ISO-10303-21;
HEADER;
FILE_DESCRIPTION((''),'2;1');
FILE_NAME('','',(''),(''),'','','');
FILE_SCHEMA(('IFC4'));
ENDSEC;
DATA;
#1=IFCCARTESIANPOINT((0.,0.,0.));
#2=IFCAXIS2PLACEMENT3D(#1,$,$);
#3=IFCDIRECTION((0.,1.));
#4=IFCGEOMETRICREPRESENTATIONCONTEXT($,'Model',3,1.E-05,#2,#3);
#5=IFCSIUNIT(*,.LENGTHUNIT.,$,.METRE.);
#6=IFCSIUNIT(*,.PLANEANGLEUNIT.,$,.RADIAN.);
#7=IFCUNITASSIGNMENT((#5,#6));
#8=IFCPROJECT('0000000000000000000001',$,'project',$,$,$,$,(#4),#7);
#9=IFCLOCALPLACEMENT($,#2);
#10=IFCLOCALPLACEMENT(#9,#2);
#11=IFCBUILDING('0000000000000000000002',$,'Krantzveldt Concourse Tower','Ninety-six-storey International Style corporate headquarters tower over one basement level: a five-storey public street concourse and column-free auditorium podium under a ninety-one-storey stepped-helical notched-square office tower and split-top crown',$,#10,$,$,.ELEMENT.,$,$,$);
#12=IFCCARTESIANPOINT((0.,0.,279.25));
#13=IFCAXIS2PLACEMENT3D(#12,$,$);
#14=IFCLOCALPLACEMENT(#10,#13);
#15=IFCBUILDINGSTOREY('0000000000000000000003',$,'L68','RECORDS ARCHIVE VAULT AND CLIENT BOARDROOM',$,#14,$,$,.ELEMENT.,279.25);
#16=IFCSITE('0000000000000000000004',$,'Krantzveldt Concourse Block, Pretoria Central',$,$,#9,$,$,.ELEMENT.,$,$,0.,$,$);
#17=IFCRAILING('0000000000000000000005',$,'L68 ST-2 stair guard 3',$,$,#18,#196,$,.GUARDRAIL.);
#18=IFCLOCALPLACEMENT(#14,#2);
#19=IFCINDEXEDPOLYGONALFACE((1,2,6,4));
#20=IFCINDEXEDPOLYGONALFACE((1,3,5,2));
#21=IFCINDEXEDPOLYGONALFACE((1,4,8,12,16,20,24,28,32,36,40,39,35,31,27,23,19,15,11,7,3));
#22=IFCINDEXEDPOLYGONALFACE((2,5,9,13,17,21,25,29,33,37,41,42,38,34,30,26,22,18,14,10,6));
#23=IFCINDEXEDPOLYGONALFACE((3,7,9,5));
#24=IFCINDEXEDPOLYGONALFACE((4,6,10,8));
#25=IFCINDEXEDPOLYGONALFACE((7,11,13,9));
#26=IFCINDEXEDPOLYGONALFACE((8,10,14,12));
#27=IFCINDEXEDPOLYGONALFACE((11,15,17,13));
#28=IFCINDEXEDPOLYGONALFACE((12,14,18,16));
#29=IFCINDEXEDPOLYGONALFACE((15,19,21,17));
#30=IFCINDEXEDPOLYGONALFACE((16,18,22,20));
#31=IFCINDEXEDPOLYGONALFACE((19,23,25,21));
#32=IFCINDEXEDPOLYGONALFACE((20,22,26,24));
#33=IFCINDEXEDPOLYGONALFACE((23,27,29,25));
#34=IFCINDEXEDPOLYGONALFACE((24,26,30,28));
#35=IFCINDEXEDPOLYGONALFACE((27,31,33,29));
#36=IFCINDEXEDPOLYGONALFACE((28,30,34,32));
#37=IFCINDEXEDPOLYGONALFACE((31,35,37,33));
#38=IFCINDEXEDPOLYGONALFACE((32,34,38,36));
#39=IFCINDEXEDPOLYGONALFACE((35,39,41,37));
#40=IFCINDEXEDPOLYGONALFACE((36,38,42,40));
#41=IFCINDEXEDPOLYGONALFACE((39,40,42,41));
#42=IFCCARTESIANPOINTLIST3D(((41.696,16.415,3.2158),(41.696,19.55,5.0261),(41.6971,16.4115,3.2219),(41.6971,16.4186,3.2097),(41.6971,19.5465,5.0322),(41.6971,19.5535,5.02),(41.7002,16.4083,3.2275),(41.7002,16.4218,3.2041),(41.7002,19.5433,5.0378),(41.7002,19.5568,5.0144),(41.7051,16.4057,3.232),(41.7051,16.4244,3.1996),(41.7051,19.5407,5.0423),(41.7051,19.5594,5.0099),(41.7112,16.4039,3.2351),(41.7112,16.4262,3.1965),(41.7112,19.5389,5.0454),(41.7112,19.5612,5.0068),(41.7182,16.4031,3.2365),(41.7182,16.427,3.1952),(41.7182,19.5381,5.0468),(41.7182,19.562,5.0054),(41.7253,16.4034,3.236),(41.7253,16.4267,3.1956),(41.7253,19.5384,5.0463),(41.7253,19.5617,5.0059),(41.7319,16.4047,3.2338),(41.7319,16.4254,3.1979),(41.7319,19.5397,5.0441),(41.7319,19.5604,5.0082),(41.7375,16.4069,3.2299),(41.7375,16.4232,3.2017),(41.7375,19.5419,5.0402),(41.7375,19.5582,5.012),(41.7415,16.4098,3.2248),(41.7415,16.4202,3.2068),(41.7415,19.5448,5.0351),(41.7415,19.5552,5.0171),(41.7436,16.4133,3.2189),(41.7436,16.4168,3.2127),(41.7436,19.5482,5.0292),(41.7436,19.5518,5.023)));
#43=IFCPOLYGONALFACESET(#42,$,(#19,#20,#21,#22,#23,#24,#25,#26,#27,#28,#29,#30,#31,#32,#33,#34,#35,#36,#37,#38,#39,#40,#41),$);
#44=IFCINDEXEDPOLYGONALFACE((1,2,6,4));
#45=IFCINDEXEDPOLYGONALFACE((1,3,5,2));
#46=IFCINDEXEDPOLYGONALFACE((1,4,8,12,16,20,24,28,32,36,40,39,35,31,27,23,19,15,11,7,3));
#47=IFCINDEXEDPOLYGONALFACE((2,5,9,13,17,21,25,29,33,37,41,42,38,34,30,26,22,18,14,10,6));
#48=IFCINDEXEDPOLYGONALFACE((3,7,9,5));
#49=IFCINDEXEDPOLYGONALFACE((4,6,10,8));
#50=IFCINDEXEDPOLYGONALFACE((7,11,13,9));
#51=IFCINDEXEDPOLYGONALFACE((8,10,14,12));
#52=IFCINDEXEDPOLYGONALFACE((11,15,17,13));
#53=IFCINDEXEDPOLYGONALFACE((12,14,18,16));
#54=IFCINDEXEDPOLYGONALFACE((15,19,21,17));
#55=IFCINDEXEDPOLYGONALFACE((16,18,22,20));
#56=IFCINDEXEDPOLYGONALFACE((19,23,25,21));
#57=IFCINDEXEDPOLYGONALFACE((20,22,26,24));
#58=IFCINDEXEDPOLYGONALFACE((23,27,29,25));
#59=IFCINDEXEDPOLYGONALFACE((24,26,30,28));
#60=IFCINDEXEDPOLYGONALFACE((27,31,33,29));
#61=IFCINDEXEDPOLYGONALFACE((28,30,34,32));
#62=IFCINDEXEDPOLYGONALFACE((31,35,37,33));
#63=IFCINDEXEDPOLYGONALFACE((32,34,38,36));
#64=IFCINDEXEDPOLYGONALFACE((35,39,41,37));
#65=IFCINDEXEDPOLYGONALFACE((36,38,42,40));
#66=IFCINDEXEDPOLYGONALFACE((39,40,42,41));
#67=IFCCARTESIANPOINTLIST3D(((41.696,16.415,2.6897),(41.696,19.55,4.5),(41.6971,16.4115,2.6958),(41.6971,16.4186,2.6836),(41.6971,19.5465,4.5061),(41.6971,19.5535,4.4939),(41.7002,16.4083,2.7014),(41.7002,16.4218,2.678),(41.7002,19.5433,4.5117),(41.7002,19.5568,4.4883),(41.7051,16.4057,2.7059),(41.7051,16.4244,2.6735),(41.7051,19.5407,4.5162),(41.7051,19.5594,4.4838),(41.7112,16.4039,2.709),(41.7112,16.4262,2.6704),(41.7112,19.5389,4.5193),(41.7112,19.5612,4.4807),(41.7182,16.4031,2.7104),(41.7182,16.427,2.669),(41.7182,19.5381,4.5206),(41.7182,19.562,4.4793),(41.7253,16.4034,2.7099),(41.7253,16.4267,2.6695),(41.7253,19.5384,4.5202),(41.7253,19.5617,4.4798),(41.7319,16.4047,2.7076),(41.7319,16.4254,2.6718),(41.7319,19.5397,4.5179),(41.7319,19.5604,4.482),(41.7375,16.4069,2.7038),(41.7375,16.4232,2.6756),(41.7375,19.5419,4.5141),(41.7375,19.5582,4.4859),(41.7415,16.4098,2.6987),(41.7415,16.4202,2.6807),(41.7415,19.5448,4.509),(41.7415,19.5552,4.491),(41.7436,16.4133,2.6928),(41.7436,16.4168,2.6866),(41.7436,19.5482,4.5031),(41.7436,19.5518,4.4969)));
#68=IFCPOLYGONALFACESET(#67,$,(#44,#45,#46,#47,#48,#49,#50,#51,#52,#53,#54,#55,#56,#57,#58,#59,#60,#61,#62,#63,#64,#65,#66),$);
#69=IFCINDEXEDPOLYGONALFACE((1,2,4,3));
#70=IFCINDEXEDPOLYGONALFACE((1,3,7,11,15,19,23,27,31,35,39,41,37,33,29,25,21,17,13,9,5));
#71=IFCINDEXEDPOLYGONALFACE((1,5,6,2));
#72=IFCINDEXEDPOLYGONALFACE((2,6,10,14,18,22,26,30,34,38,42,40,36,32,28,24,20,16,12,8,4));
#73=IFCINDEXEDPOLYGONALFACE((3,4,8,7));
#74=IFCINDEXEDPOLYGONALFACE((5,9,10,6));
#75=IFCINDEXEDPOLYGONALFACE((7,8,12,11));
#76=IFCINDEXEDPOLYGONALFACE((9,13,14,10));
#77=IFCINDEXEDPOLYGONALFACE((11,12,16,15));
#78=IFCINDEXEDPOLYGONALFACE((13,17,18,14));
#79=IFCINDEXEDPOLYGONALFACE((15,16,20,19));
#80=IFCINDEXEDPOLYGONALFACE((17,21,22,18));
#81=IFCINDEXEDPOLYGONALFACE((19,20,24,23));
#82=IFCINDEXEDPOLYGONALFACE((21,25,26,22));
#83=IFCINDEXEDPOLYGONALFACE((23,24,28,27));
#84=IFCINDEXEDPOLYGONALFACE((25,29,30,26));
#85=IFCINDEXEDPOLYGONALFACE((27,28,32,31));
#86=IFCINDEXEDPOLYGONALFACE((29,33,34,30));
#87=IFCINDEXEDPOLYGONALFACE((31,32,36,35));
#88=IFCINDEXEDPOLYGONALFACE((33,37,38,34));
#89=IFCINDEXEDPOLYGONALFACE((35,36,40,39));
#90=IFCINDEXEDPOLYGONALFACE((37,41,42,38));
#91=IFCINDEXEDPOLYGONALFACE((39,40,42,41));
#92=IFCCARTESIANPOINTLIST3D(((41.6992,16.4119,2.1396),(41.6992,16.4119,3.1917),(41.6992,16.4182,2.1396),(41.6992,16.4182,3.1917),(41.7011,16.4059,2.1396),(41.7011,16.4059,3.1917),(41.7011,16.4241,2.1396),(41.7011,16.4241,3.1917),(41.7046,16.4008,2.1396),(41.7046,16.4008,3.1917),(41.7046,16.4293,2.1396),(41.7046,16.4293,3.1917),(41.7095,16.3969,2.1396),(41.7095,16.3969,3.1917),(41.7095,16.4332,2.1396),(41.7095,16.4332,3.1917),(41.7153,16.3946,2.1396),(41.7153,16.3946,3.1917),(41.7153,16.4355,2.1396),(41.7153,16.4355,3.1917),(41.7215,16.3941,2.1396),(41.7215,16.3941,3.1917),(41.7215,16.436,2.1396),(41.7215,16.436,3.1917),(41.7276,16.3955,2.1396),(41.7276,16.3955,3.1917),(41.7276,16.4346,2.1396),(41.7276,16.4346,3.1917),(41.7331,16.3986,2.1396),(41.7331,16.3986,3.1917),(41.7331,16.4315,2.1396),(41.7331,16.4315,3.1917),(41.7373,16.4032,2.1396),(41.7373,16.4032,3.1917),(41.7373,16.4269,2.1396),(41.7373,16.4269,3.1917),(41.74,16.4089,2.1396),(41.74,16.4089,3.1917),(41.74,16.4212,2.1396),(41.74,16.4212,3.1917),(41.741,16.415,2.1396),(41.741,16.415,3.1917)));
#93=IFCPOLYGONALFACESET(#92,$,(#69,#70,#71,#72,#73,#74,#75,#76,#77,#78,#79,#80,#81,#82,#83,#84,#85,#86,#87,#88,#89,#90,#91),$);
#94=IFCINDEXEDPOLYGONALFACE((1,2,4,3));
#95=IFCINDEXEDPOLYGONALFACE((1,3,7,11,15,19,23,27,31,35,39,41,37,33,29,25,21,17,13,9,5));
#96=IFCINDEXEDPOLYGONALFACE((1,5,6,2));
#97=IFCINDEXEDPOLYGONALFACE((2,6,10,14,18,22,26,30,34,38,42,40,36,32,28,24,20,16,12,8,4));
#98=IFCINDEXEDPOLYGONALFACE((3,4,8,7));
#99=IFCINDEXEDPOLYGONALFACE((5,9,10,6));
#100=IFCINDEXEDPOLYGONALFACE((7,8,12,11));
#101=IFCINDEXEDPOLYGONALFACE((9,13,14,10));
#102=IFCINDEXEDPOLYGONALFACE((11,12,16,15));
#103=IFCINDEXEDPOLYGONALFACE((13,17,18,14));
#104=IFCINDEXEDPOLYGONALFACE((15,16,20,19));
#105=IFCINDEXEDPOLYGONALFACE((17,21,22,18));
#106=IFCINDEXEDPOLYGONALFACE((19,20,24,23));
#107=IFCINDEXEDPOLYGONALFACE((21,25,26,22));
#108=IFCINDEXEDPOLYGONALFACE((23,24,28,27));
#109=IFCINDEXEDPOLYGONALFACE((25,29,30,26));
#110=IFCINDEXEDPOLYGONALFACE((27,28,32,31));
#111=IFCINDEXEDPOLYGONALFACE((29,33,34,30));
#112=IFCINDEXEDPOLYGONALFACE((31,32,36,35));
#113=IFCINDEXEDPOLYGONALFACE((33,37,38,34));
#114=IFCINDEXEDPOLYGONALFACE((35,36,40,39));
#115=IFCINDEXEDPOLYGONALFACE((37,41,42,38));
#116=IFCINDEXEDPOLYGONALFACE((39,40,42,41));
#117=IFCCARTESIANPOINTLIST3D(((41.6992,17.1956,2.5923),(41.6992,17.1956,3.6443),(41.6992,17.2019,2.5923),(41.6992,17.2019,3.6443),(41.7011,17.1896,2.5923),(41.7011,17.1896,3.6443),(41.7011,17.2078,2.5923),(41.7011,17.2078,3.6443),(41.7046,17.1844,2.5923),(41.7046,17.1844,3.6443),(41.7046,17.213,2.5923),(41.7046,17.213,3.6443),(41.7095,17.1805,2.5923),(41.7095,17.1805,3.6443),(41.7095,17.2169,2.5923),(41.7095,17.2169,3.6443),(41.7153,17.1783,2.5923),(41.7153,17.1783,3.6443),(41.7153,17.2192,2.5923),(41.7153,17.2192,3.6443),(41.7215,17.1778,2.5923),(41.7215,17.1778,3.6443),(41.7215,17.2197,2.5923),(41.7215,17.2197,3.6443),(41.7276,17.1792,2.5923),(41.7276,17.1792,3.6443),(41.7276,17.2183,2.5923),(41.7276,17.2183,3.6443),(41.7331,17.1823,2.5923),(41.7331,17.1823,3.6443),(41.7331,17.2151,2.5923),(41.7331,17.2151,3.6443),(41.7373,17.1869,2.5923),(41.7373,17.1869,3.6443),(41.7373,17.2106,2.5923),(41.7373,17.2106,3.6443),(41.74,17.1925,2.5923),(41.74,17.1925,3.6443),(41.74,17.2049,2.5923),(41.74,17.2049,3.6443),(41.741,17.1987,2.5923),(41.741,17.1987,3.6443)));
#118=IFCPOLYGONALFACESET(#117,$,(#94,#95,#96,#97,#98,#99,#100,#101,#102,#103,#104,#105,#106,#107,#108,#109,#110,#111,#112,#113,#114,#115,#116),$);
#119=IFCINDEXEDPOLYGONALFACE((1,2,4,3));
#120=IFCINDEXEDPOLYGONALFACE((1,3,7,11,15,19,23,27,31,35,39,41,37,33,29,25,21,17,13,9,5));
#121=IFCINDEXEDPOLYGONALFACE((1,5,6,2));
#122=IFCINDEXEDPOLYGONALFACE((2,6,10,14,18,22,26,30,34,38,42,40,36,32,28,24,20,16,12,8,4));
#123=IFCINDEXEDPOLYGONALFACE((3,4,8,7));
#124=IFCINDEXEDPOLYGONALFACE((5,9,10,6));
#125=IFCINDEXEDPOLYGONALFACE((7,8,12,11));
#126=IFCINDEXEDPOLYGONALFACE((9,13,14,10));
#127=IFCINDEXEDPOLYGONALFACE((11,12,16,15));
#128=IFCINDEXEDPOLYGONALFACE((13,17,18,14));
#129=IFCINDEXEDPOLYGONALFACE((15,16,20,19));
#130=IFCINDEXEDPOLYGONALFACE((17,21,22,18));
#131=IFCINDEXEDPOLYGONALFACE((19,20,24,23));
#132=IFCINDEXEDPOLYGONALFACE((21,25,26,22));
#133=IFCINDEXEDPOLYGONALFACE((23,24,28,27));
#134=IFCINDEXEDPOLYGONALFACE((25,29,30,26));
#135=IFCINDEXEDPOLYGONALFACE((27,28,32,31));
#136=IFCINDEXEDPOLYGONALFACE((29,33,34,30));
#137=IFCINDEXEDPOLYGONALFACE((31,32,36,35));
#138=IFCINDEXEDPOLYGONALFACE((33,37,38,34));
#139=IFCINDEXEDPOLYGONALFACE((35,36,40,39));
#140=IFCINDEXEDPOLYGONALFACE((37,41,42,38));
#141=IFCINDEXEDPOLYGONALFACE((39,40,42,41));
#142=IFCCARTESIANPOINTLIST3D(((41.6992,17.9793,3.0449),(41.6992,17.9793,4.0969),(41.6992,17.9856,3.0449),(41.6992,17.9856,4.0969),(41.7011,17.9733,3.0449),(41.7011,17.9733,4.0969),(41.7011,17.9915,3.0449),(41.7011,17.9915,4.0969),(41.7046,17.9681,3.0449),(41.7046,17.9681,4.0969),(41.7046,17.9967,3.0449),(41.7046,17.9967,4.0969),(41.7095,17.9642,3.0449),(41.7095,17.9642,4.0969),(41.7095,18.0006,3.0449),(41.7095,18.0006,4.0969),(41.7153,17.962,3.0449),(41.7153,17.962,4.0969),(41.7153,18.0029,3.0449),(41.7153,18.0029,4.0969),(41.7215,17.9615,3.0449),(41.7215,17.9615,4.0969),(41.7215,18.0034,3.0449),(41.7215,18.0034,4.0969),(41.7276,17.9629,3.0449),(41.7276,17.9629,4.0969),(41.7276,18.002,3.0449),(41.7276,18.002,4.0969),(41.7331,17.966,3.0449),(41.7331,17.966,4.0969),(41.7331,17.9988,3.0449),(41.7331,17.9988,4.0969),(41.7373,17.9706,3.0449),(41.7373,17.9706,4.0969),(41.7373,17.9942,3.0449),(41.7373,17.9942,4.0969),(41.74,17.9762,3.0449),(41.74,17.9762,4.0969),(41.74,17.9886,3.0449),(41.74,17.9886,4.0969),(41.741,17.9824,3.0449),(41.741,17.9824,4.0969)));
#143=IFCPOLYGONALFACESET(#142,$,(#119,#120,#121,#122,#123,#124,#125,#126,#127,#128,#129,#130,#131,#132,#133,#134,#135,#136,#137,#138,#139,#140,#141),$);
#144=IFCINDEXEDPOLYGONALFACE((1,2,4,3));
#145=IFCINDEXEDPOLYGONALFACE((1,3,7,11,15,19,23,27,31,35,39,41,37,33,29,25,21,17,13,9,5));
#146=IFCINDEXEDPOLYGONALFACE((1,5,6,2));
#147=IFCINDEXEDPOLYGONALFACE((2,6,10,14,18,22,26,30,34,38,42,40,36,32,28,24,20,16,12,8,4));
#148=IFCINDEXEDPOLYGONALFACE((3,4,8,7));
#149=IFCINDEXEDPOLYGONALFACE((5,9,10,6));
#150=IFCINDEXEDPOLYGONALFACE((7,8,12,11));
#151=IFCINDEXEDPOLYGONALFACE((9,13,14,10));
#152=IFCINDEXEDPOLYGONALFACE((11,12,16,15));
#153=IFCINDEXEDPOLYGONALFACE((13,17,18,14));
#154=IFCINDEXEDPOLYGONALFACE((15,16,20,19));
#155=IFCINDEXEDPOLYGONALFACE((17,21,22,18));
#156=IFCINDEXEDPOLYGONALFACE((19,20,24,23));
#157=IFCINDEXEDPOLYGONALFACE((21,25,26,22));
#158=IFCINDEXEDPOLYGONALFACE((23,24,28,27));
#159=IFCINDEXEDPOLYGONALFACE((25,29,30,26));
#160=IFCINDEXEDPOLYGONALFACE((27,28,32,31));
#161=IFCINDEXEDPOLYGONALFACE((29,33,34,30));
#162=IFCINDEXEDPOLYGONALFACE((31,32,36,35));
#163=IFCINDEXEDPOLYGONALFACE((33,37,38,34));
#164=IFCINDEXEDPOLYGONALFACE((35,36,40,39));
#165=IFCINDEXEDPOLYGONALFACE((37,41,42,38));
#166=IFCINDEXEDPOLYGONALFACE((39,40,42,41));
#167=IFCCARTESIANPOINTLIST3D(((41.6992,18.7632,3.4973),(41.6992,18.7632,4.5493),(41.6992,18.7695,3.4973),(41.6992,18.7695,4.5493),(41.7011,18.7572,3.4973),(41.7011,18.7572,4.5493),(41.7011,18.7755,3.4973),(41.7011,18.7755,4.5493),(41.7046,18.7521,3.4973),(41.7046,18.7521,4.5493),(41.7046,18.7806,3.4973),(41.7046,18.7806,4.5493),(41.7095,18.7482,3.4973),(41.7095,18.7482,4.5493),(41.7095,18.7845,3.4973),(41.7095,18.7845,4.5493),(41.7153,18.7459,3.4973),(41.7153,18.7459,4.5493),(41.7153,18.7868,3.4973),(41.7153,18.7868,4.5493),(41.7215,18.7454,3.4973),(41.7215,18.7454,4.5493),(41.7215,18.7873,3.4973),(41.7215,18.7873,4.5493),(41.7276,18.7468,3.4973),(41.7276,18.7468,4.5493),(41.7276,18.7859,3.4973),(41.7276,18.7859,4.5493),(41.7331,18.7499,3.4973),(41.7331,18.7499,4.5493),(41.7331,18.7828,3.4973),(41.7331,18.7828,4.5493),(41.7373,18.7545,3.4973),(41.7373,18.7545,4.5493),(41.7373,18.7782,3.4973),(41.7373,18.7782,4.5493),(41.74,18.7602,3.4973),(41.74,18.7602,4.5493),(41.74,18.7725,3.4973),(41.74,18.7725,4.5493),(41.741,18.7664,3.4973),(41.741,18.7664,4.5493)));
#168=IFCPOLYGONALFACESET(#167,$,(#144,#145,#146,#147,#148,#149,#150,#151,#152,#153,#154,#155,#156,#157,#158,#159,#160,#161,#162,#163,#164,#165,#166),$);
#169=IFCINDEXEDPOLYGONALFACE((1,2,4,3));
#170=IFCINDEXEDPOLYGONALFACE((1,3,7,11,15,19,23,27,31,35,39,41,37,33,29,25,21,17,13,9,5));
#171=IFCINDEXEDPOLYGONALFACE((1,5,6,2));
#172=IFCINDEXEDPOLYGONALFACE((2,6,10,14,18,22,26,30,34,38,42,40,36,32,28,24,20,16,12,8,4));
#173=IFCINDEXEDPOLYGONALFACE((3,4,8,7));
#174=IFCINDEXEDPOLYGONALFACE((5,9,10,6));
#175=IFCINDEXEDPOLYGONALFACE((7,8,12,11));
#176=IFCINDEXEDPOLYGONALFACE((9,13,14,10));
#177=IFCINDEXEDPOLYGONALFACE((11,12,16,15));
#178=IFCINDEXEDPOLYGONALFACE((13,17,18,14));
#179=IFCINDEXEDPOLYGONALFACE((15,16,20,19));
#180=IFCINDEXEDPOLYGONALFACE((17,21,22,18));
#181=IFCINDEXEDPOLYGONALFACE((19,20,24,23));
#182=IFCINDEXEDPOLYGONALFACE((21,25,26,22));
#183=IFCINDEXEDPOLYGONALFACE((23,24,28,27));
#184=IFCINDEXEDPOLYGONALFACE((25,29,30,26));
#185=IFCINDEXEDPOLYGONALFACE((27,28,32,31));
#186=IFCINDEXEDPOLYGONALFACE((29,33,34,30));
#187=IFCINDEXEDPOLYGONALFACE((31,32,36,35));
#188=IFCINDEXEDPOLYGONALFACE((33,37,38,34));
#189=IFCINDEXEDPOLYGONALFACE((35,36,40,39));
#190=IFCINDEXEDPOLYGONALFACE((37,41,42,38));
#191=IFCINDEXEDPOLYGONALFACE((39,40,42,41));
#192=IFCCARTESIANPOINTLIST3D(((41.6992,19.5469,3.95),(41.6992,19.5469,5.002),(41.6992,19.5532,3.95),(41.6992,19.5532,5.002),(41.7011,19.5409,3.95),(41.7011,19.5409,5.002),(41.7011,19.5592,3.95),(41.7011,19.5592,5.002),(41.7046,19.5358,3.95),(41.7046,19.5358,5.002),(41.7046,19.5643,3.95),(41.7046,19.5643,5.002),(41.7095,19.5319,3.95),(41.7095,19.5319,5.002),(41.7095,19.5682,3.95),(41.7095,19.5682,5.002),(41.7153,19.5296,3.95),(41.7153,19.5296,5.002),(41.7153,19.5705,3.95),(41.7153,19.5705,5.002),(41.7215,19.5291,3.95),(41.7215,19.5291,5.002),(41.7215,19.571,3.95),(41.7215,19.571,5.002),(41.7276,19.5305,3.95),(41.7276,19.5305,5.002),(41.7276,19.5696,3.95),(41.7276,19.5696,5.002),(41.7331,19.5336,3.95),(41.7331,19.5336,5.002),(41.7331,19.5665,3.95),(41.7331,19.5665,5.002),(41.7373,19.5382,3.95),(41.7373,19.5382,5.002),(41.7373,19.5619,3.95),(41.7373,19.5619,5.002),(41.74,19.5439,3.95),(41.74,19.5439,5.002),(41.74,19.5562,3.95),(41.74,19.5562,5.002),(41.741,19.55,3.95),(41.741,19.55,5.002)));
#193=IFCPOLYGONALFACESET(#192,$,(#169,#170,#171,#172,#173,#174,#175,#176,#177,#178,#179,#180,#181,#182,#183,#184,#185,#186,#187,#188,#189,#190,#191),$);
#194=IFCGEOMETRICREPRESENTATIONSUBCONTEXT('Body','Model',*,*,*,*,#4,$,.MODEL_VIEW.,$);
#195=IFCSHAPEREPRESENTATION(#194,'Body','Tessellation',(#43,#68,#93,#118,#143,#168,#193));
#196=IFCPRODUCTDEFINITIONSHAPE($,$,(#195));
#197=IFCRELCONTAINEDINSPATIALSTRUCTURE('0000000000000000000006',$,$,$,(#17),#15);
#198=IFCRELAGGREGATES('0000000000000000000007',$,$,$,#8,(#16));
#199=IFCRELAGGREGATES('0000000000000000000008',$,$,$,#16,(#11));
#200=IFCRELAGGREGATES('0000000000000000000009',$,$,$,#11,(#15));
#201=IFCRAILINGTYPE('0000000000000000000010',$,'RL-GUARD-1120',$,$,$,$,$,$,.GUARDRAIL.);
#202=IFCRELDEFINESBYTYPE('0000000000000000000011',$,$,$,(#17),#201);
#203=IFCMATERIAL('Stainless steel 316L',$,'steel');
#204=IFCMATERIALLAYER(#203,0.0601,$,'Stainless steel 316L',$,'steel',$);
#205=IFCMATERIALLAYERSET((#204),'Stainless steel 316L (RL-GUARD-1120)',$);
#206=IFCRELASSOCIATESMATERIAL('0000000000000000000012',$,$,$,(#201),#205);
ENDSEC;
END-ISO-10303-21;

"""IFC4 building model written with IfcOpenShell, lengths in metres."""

from ifc_helpers import new_model, si_unit, direction, frame, origin, origin_2d, place, context, subcontext, project, spatial, circle, extrude, material, layer, layer_set, type_object, element, save


model = new_model("IFC4")

# Units and contexts
model_context = context("Model", 3, precision=1e-05, world=origin(), true_north=direction((0.0, 1.0)))
body_context = subcontext(model_context, "Body", "Model", "MODEL_VIEW")
ifc_project = project(units=[si_unit("LENGTHUNIT", "METRE"), si_unit("PLANEANGLEUNIT", "RADIAN")], contexts=[model_context])

# Site, building, storey
site_placement = place(None, origin())
site = spatial("IfcSite", under=ifc_project, at=site_placement, Name="Krantzveldt Concourse Block, Pretoria Central", CompositionType="ELEMENT", RefElevation=0.0)
building_placement = place(site_placement, origin())
building = spatial("IfcBuilding", under=site, at=building_placement, Name="Krantzveldt Concourse Tower", Description="Ninety-six-storey International Style corporate headquarters tower over one basement level: a five-storey public street concourse and column-free auditorium podium under a ninety-one-storey stepped-helical notched-square office tower and split-top crown", CompositionType="ELEMENT")
storey_placement = place(building_placement, frame((0.0, 0.0, 279.25)))
storey = spatial("IfcBuildingStorey", under=building, at=storey_placement, Name="L68", Description="RECORDS ARCHIVE VAULT AND CLIENT BOARDROOM", CompositionType="ELEMENT", Elevation=279.25)

# Railing
ifc_material_1 = material(Name="Stainless steel 316L", Category="steel")
ifc_layer_1 = layer(ifc_material_1, 0.0601, Name="Stainless steel 316L", Category="steel")
ifc_layer_set_1 = layer_set([ifc_layer_1], Name="Stainless steel 316L (RL-GUARD-1120)")
railing_type_1 = type_object("IfcRailingType", Name="RL-GUARD-1120", PredefinedType="GUARDRAIL", material=ifc_layer_set_1)
railing_1_placement = place(storey_placement, frame((41.72, 16.415, 2.1396)))
element("IfcRailing", 1, at=railing_1_placement, inside=storey, type_object=railing_type_1, Name="L68 ST-2 stair guard 3", PredefinedType="GUARDRAIL", context=body_context, shape_type="SweptSolid", body=[
    extrude(circle(Radius=0.0239, at=origin_2d()), frame((0.0, 0.0, 1.0762), z_axis=(0.0, 0.865989, 0.500063), x_axis=(-1.0, 0.0, 0.0)), (0.0, 0.0, 1.0), 3.6201),
    extrude(circle(Radius=0.0239, at=origin_2d()), frame((0.0, 0.0, 0.55), z_axis=(0.0, 0.865989, 0.500063), x_axis=(-1.0, 0.0, 0.0)), (0.0, 0.0, 1.0), 3.6201),
    extrude(circle(Radius=0.021, at=origin_2d()), origin(), (0.0, 0.0, 1.0), 1.052),
    extrude(circle(Radius=0.021, at=origin_2d()), frame((0.0, 0.7837, 0.4526)), (0.0, 0.0, 1.0), 1.052),
    extrude(circle(Radius=0.021, at=origin_2d()), frame((0.0, 1.5674, 0.9053)), (0.0, 0.0, 1.0), 1.052),
    extrude(circle(Radius=0.021, at=origin_2d()), frame((0.0, 2.3513, 1.3577)), (0.0, 0.0, 1.0), 1.052),
    extrude(circle(Radius=0.021, at=origin_2d()), frame((0.0, 3.135, 1.8103)), (0.0, 0.0, 1.0), 1.052),
])

save(model, "model.ifc")
